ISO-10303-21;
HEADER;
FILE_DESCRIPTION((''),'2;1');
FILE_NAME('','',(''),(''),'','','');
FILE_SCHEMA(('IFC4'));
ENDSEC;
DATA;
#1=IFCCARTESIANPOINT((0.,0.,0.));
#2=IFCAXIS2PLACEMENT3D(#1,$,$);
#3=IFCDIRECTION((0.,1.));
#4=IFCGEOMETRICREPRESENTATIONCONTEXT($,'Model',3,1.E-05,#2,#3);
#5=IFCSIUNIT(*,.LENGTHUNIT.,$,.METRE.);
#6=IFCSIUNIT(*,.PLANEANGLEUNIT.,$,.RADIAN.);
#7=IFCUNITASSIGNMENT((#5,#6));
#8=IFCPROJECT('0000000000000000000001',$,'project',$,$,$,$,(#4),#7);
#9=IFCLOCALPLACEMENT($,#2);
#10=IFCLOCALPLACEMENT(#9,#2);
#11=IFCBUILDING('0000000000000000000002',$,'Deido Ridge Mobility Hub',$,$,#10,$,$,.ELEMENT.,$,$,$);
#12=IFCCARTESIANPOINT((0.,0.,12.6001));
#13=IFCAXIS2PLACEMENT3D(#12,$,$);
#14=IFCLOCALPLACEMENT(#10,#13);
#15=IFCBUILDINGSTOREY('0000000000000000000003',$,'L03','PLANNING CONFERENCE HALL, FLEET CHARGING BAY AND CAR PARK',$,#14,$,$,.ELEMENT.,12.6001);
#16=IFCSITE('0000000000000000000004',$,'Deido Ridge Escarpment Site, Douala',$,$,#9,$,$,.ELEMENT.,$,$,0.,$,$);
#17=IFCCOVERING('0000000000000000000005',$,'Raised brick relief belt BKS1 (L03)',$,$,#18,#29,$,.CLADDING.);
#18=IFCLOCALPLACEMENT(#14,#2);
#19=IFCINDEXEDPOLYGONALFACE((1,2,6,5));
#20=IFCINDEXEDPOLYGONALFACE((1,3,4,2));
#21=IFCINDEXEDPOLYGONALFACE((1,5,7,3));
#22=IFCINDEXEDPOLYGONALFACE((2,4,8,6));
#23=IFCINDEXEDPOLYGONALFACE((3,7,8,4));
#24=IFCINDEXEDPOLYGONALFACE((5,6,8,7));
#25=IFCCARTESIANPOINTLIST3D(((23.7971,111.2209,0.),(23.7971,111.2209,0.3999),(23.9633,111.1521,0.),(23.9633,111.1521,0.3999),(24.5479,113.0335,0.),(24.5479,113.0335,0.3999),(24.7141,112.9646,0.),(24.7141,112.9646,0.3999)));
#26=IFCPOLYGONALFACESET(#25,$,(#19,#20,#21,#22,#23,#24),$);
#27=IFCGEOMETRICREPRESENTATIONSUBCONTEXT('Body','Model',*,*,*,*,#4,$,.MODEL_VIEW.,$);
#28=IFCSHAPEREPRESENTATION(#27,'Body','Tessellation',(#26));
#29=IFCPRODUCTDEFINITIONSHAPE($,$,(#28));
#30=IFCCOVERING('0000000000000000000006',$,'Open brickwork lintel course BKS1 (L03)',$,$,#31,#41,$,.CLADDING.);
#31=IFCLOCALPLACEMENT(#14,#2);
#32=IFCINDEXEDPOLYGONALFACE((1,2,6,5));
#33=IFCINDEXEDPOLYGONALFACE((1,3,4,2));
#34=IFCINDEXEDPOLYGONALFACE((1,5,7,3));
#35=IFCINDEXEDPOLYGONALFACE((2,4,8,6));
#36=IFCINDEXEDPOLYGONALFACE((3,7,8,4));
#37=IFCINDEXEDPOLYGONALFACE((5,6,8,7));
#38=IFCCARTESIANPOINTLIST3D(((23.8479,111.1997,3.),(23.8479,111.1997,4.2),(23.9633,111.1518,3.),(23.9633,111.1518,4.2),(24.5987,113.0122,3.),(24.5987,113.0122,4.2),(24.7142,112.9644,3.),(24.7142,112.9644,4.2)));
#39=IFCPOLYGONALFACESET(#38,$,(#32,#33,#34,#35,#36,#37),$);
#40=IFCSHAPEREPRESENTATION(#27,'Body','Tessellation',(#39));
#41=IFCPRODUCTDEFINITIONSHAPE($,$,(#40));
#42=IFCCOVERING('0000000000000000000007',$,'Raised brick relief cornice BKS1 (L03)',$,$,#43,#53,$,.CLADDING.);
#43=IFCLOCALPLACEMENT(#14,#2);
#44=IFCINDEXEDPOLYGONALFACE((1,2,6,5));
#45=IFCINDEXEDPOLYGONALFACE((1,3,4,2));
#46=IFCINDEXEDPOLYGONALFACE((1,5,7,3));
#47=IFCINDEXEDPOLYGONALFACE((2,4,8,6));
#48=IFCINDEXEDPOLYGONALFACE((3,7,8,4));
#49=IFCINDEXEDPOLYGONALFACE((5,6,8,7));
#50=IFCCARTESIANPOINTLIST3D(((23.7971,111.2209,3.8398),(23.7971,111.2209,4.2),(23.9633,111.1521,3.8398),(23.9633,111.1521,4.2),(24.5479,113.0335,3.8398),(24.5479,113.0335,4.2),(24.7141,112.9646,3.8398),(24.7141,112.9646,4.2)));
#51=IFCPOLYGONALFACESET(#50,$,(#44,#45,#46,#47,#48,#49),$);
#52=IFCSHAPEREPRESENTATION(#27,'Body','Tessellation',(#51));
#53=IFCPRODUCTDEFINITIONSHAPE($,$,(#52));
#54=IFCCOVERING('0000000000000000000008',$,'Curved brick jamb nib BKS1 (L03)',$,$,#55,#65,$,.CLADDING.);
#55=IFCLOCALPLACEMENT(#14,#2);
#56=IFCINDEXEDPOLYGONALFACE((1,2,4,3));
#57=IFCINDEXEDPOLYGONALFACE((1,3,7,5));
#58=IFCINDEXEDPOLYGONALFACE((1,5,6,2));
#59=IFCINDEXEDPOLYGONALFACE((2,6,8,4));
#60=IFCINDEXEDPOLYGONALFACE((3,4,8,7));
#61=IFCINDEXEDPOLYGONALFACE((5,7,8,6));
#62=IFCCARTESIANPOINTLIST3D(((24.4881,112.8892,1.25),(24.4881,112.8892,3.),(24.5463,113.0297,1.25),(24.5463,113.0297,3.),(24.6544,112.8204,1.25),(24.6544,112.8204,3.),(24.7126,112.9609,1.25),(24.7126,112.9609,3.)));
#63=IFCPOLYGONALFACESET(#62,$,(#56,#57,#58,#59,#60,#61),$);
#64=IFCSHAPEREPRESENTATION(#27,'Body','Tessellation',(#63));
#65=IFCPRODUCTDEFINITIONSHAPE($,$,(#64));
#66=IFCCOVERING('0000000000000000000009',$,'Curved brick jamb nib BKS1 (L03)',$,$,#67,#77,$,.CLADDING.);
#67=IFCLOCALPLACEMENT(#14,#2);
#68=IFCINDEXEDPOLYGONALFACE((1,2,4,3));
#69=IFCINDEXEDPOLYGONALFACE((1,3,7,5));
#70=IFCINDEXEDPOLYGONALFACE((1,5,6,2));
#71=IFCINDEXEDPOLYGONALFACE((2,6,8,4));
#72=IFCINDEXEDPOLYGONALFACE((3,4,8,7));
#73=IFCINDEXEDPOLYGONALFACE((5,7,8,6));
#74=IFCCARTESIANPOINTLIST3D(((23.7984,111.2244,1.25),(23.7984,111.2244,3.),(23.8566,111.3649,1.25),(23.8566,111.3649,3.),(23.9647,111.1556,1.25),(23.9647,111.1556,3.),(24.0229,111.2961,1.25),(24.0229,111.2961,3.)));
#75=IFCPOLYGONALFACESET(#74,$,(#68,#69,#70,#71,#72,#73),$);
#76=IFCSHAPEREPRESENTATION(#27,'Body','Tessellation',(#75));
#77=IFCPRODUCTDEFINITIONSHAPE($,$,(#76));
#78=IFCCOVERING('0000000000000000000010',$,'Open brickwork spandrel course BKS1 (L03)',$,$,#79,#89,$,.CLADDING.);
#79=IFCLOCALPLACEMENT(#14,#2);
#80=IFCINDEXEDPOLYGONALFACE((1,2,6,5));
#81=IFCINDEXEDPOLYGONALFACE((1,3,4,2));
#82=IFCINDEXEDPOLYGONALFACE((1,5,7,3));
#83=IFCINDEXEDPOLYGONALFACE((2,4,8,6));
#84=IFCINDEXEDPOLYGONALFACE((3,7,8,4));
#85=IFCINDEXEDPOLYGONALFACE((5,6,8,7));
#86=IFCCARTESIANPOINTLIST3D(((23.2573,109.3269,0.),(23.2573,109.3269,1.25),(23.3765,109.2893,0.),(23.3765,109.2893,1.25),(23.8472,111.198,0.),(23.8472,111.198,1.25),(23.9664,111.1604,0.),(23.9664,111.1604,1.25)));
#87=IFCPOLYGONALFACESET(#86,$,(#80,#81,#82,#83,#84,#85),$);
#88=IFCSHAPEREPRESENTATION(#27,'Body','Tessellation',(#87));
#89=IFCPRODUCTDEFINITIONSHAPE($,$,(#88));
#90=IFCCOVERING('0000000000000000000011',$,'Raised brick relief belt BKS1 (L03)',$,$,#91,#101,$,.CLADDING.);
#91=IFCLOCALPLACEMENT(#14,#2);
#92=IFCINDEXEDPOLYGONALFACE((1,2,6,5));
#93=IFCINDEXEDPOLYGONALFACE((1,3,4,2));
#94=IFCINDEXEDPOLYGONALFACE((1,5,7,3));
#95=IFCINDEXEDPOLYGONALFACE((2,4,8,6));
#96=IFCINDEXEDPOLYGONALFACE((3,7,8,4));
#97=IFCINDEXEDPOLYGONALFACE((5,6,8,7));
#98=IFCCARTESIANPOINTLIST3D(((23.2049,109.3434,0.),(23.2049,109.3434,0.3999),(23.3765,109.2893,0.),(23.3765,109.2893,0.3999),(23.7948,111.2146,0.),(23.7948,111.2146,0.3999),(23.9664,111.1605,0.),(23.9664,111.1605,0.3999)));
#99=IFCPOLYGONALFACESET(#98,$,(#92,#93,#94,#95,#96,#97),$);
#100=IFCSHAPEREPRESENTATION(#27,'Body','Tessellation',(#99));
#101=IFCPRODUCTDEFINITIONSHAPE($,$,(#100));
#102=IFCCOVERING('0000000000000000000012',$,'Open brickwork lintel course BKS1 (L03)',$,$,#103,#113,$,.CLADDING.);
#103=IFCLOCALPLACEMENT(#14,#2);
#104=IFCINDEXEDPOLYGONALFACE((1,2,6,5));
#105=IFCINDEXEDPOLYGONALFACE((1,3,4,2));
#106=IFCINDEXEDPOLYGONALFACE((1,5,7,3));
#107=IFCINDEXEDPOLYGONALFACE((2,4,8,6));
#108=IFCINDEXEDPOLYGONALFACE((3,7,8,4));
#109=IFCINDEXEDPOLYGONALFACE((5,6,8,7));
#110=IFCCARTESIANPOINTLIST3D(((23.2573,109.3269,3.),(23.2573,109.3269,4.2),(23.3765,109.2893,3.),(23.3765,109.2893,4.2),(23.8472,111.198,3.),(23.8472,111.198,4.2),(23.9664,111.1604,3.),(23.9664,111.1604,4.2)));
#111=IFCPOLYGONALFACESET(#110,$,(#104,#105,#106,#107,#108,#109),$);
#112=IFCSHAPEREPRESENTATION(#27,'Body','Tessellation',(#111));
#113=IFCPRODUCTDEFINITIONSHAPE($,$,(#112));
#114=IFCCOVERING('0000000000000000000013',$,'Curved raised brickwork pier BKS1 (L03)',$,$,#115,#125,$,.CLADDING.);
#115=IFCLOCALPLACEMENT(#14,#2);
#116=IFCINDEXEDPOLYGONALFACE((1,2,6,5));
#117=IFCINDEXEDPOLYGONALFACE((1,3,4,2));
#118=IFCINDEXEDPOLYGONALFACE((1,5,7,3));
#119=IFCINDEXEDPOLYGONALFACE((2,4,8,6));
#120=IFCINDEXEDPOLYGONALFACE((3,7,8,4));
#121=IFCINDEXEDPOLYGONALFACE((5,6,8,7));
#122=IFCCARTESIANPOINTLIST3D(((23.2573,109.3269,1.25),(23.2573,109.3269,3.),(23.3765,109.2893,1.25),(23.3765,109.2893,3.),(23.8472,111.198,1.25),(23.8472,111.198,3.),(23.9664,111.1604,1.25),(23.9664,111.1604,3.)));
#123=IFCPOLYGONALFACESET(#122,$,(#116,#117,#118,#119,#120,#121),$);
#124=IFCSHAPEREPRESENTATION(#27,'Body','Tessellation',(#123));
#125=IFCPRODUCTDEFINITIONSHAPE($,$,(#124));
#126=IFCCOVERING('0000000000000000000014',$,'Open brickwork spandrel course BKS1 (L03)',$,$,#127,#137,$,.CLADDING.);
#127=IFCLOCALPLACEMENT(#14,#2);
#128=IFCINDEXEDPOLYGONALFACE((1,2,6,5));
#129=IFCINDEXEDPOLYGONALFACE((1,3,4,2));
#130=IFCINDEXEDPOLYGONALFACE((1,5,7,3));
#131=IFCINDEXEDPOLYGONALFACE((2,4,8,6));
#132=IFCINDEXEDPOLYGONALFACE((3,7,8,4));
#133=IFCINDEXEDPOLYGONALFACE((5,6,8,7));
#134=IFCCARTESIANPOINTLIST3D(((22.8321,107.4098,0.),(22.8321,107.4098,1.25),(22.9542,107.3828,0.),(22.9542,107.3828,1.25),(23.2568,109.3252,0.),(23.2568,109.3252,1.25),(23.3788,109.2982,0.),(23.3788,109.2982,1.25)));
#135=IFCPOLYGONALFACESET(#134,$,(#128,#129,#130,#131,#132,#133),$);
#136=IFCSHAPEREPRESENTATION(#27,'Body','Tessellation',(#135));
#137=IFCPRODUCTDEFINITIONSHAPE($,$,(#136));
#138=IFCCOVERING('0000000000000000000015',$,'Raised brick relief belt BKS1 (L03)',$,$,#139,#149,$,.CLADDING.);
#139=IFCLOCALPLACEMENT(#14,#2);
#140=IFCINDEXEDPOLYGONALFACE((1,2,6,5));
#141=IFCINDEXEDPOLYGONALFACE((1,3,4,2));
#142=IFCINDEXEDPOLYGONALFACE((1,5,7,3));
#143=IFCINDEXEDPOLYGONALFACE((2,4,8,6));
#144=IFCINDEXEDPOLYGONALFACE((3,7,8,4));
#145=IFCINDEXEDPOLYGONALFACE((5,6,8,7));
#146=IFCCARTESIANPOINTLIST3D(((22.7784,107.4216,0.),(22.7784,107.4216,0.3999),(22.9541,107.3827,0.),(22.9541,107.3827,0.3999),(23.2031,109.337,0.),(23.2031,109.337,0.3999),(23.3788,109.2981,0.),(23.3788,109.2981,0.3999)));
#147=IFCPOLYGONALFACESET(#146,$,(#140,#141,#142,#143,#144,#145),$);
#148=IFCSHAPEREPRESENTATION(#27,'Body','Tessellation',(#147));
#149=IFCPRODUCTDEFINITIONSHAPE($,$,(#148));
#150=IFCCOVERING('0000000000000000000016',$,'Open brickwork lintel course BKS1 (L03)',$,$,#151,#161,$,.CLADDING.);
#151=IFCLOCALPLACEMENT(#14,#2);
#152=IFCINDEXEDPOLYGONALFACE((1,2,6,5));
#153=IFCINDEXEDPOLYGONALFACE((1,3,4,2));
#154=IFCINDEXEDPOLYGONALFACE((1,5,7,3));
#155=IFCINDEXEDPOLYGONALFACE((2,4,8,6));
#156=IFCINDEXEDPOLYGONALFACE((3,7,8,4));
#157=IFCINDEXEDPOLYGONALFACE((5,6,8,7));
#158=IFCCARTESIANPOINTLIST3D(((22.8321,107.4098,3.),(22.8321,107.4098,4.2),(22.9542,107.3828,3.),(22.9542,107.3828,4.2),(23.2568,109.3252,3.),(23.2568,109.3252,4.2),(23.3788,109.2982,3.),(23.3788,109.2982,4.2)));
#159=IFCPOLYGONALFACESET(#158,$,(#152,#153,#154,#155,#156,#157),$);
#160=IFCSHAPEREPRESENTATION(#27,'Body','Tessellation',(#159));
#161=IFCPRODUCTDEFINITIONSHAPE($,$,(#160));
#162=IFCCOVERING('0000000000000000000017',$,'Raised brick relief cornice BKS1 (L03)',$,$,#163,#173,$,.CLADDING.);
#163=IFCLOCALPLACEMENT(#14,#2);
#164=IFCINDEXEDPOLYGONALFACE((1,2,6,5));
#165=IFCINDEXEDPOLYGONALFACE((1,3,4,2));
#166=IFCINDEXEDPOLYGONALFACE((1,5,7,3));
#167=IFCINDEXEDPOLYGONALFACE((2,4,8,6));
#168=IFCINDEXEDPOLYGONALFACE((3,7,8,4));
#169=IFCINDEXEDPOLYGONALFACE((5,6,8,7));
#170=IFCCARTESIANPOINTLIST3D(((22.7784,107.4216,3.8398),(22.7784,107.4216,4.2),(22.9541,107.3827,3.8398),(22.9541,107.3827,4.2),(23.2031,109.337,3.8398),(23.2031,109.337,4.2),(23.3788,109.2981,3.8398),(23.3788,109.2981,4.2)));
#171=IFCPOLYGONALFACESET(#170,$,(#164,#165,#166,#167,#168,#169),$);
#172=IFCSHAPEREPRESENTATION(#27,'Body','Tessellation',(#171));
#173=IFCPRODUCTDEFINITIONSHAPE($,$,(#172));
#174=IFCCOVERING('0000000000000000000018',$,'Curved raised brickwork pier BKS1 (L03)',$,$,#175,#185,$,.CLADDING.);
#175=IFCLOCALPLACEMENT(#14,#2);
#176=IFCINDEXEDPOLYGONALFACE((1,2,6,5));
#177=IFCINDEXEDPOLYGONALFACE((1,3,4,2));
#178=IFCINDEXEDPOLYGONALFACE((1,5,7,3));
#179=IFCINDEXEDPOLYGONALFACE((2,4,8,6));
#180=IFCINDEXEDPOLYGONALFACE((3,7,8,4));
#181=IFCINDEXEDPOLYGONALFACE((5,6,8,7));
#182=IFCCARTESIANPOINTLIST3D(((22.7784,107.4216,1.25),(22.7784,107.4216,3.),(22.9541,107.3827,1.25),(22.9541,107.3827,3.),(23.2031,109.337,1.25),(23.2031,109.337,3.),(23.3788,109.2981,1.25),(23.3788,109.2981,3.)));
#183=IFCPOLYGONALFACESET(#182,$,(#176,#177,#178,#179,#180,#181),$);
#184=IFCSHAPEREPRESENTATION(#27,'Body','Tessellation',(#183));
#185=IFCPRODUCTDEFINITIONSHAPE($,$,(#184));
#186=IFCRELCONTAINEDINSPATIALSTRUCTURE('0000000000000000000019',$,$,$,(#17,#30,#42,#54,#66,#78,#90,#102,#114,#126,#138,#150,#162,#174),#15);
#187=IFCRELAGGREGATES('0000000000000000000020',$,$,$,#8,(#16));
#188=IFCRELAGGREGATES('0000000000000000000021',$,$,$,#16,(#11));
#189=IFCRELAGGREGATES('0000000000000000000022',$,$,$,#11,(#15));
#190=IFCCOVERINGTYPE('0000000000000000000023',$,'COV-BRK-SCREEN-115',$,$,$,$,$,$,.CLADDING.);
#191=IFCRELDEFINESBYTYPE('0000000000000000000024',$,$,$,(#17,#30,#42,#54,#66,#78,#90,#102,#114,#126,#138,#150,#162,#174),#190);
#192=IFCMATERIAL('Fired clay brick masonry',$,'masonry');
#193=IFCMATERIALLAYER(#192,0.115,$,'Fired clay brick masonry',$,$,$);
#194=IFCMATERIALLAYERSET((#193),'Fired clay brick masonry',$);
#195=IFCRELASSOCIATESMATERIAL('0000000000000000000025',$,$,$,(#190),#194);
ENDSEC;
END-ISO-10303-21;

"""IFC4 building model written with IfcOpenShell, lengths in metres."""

from ifc_helpers import new_model, si_unit, direction, frame, origin, origin_2d, place, context, subcontext, project, spatial, rectangle, extrude, material, layer, layer_set, type_object, element, save


model = new_model("IFC4")

# Units and contexts
model_context = context("Model", 3, precision=1e-05, world=origin(), true_north=direction((0.0, 1.0)))
body_context = subcontext(model_context, "Body", "Model", "MODEL_VIEW")
ifc_project = project(units=[si_unit("LENGTHUNIT", "METRE"), si_unit("PLANEANGLEUNIT", "RADIAN")], contexts=[model_context])

# Site, building, storey
site_placement = place(None, origin())
site = spatial("IfcSite", under=ifc_project, at=site_placement, Name="Deido Ridge Escarpment Site, Douala", CompositionType="ELEMENT", RefElevation=0.0)
building_placement = place(site_placement, origin())
building = spatial("IfcBuilding", under=site, at=building_placement, Name="Deido Ridge Mobility Hub", CompositionType="ELEMENT")
storey_placement = place(building_placement, frame((0.0, 0.0, 12.6001)))
storey = spatial("IfcBuildingStorey", under=building, at=storey_placement, Name="L03", Description="PLANNING CONFERENCE HALL, FLEET CHARGING BAY AND CAR PARK", CompositionType="ELEMENT", Elevation=12.6001)

# Coverings
ifc_material_1 = material(Name="Fired clay brick masonry", Category="masonry")
ifc_layer = layer(ifc_material_1, 0.115, Name="Fired clay brick masonry")
ifc_layer_set = layer_set([ifc_layer], Name="Fired clay brick masonry")
covering_type = type_object("IfcCoveringType", Name="COV-BRK-SCREEN-115", PredefinedType="CLADDING", material=ifc_layer_set)
covering_1_placement = place(storey_placement, frame((24.2556, 112.0928, 0.0), z_axis=(0.0, 0.0, 1.0), x_axis=(-0.3827, -0.923873, 0.0)))
element("IfcCovering", 1, at=covering_1_placement, inside=storey, type_object=covering_type, Name="Raised brick relief belt BKS1 (L03)", PredefinedType="CLADDING", context=body_context, shape_type="SweptSolid", body=[
    extrude(rectangle(XDim=1.9619, YDim=0.1799, at=origin_2d()), origin(), (0.0, 0.0, 1.0), 0.3999),
])
covering_2_placement = place(storey_placement, frame((24.281, 112.082, 3.0), z_axis=(0.0, 0.0, 1.0), x_axis=(-0.3827, -0.923873, 0.0)))
element("IfcCovering", 2, at=covering_2_placement, inside=storey, type_object=covering_type, Name="Open brickwork lintel course BKS1 (L03)", PredefinedType="CLADDING", context=body_context, shape_type="SweptSolid", body=[
    extrude(rectangle(XDim=1.9619, YDim=0.125, at=origin_2d()), origin(), (0.0, 0.0, 1.0), 1.2),
])
covering_3_placement = place(storey_placement, frame((24.2556, 112.0928, 3.8398), z_axis=(0.0, 0.0, 1.0), x_axis=(-0.3827, -0.923873, 0.0)))
element("IfcCovering", 3, at=covering_3_placement, inside=storey, type_object=covering_type, Name="Raised brick relief cornice BKS1 (L03)", PredefinedType="CLADDING", context=body_context, shape_type="SweptSolid", body=[
    extrude(rectangle(XDim=1.9619, YDim=0.1799, at=origin_2d()), origin(), (0.0, 0.0, 1.0), 0.3601),
])
for number, where, z_axis, x_axis, name in (
    (4, (24.6003, 112.925, 1.25), (0.0, 0.0, 1.0), (-0.3827, -0.923873, 0.0), "Curved brick jamb nib BKS1 (L03)"),
    (5, (23.9106, 111.2603, 1.25), (0.0, 0.0, 1.0), (-0.3827, -0.923873, 0.0), "Curved brick jamb nib BKS1 (L03)"),
):
    element("IfcCovering", number, at=place(storey_placement, frame(where, z_axis=z_axis, x_axis=x_axis)), inside=storey, type_object=covering_type, Name=name, PredefinedType="CLADDING", context=body_context, shape_type="SweptSolid", body=[
        extrude(rectangle(XDim=0.1521, YDim=0.1799, at=origin_2d()), origin(), (0.0, 0.0, 1.0), 1.75),
    ])
covering_4_placement = place(storey_placement, frame((23.6118, 110.2437, 0.0), z_axis=(0.0, 0.0, 1.0), x_axis=(-0.300673, -0.953727, 0.0)))
element("IfcCovering", 6, at=covering_4_placement, inside=storey, type_object=covering_type, Name="Open brickwork spandrel course BKS1 (L03)", PredefinedType="CLADDING", context=body_context, shape_type="SweptSolid", body=[
    extrude(rectangle(XDim=1.9619, YDim=0.125, at=origin_2d()), origin(), (0.0, 0.0, 1.0), 1.25),
])
covering_5_placement = place(storey_placement, frame((23.5857, 110.252, 0.0), z_axis=(0.0, 0.0, 1.0), x_axis=(-0.300673, -0.953727, 0.0)))
element("IfcCovering", 7, at=covering_5_placement, inside=storey, type_object=covering_type, Name="Raised brick relief belt BKS1 (L03)", PredefinedType="CLADDING", context=body_context, shape_type="SweptSolid", body=[
    extrude(rectangle(XDim=1.9619, YDim=0.1799, at=origin_2d()), origin(), (0.0, 0.0, 1.0), 0.3999),
])
covering_6_placement = place(storey_placement, frame((23.6118, 110.2437, 3.0), z_axis=(0.0, 0.0, 1.0), x_axis=(-0.300673, -0.953727, 0.0)))
element("IfcCovering", 8, at=covering_6_placement, inside=storey, type_object=covering_type, Name="Open brickwork lintel course BKS1 (L03)", PredefinedType="CLADDING", context=body_context, shape_type="SweptSolid", body=[
    extrude(rectangle(XDim=1.9619, YDim=0.125, at=origin_2d()), origin(), (0.0, 0.0, 1.0), 1.2),
])
covering_7_placement = place(storey_placement, frame((23.6118, 110.2437, 1.25), z_axis=(0.0, 0.0, 1.0), x_axis=(-0.300673, -0.953727, 0.0)))
element("IfcCovering", 9, at=covering_7_placement, inside=storey, type_object=covering_type, Name="Curved raised brickwork pier BKS1 (L03)", PredefinedType="CLADDING", context=body_context, shape_type="SweptSolid", body=[
    extrude(rectangle(XDim=1.9619, YDim=0.125, at=origin_2d()), origin(), (0.0, 0.0, 1.0), 1.75),
])
covering_8_placement = place(storey_placement, frame((23.1055, 108.354, 0.0), z_axis=(0.0, 0.0, 1.0), x_axis=(-0.216457, -0.976292, 0.0)))
element("IfcCovering", 10, at=covering_8_placement, inside=storey, type_object=covering_type, Name="Open brickwork spandrel course BKS1 (L03)", PredefinedType="CLADDING", context=body_context, shape_type="SweptSolid", body=[
    extrude(rectangle(XDim=1.9619, YDim=0.125, at=origin_2d()), origin(), (0.0, 0.0, 1.0), 1.25),
])
covering_9_placement = place(storey_placement, frame((23.0786, 108.3599, 0.0), z_axis=(0.0, 0.0, 1.0), x_axis=(-0.216457, -0.976292, 0.0)))
element("IfcCovering", 11, at=covering_9_placement, inside=storey, type_object=covering_type, Name="Raised brick relief belt BKS1 (L03)", PredefinedType="CLADDING", context=body_context, shape_type="SweptSolid", body=[
    extrude(rectangle(XDim=1.9619, YDim=0.1799, at=origin_2d()), origin(), (0.0, 0.0, 1.0), 0.3999),
])
covering_10_placement = place(storey_placement, frame((23.1055, 108.354, 3.0), z_axis=(0.0, 0.0, 1.0), x_axis=(-0.216457, -0.976292, 0.0)))
element("IfcCovering", 12, at=covering_10_placement, inside=storey, type_object=covering_type, Name="Open brickwork lintel course BKS1 (L03)", PredefinedType="CLADDING", context=body_context, shape_type="SweptSolid", body=[
    extrude(rectangle(XDim=1.9619, YDim=0.125, at=origin_2d()), origin(), (0.0, 0.0, 1.0), 1.2),
])
covering_11_placement = place(storey_placement, frame((23.0786, 108.3599, 3.8398), z_axis=(0.0, 0.0, 1.0), x_axis=(-0.216457, -0.976292, 0.0)))
element("IfcCovering", 13, at=covering_11_placement, inside=storey, type_object=covering_type, Name="Raised brick relief cornice BKS1 (L03)", PredefinedType="CLADDING", context=body_context, shape_type="SweptSolid", body=[
    extrude(rectangle(XDim=1.9619, YDim=0.1799, at=origin_2d()), origin(), (0.0, 0.0, 1.0), 0.3601),
])
covering_12_placement = place(storey_placement, frame((23.0786, 108.3599, 1.25), z_axis=(0.0, 0.0, 1.0), x_axis=(-0.216457, -0.976292, 0.0)))
element("IfcCovering", 14, at=covering_12_placement, inside=storey, type_object=covering_type, Name="Curved raised brickwork pier BKS1 (L03)", PredefinedType="CLADDING", context=body_context, shape_type="SweptSolid", body=[
    extrude(rectangle(XDim=1.9619, YDim=0.1799, at=origin_2d()), origin(), (0.0, 0.0, 1.0), 1.75),
])

save(model, "model.ifc")
